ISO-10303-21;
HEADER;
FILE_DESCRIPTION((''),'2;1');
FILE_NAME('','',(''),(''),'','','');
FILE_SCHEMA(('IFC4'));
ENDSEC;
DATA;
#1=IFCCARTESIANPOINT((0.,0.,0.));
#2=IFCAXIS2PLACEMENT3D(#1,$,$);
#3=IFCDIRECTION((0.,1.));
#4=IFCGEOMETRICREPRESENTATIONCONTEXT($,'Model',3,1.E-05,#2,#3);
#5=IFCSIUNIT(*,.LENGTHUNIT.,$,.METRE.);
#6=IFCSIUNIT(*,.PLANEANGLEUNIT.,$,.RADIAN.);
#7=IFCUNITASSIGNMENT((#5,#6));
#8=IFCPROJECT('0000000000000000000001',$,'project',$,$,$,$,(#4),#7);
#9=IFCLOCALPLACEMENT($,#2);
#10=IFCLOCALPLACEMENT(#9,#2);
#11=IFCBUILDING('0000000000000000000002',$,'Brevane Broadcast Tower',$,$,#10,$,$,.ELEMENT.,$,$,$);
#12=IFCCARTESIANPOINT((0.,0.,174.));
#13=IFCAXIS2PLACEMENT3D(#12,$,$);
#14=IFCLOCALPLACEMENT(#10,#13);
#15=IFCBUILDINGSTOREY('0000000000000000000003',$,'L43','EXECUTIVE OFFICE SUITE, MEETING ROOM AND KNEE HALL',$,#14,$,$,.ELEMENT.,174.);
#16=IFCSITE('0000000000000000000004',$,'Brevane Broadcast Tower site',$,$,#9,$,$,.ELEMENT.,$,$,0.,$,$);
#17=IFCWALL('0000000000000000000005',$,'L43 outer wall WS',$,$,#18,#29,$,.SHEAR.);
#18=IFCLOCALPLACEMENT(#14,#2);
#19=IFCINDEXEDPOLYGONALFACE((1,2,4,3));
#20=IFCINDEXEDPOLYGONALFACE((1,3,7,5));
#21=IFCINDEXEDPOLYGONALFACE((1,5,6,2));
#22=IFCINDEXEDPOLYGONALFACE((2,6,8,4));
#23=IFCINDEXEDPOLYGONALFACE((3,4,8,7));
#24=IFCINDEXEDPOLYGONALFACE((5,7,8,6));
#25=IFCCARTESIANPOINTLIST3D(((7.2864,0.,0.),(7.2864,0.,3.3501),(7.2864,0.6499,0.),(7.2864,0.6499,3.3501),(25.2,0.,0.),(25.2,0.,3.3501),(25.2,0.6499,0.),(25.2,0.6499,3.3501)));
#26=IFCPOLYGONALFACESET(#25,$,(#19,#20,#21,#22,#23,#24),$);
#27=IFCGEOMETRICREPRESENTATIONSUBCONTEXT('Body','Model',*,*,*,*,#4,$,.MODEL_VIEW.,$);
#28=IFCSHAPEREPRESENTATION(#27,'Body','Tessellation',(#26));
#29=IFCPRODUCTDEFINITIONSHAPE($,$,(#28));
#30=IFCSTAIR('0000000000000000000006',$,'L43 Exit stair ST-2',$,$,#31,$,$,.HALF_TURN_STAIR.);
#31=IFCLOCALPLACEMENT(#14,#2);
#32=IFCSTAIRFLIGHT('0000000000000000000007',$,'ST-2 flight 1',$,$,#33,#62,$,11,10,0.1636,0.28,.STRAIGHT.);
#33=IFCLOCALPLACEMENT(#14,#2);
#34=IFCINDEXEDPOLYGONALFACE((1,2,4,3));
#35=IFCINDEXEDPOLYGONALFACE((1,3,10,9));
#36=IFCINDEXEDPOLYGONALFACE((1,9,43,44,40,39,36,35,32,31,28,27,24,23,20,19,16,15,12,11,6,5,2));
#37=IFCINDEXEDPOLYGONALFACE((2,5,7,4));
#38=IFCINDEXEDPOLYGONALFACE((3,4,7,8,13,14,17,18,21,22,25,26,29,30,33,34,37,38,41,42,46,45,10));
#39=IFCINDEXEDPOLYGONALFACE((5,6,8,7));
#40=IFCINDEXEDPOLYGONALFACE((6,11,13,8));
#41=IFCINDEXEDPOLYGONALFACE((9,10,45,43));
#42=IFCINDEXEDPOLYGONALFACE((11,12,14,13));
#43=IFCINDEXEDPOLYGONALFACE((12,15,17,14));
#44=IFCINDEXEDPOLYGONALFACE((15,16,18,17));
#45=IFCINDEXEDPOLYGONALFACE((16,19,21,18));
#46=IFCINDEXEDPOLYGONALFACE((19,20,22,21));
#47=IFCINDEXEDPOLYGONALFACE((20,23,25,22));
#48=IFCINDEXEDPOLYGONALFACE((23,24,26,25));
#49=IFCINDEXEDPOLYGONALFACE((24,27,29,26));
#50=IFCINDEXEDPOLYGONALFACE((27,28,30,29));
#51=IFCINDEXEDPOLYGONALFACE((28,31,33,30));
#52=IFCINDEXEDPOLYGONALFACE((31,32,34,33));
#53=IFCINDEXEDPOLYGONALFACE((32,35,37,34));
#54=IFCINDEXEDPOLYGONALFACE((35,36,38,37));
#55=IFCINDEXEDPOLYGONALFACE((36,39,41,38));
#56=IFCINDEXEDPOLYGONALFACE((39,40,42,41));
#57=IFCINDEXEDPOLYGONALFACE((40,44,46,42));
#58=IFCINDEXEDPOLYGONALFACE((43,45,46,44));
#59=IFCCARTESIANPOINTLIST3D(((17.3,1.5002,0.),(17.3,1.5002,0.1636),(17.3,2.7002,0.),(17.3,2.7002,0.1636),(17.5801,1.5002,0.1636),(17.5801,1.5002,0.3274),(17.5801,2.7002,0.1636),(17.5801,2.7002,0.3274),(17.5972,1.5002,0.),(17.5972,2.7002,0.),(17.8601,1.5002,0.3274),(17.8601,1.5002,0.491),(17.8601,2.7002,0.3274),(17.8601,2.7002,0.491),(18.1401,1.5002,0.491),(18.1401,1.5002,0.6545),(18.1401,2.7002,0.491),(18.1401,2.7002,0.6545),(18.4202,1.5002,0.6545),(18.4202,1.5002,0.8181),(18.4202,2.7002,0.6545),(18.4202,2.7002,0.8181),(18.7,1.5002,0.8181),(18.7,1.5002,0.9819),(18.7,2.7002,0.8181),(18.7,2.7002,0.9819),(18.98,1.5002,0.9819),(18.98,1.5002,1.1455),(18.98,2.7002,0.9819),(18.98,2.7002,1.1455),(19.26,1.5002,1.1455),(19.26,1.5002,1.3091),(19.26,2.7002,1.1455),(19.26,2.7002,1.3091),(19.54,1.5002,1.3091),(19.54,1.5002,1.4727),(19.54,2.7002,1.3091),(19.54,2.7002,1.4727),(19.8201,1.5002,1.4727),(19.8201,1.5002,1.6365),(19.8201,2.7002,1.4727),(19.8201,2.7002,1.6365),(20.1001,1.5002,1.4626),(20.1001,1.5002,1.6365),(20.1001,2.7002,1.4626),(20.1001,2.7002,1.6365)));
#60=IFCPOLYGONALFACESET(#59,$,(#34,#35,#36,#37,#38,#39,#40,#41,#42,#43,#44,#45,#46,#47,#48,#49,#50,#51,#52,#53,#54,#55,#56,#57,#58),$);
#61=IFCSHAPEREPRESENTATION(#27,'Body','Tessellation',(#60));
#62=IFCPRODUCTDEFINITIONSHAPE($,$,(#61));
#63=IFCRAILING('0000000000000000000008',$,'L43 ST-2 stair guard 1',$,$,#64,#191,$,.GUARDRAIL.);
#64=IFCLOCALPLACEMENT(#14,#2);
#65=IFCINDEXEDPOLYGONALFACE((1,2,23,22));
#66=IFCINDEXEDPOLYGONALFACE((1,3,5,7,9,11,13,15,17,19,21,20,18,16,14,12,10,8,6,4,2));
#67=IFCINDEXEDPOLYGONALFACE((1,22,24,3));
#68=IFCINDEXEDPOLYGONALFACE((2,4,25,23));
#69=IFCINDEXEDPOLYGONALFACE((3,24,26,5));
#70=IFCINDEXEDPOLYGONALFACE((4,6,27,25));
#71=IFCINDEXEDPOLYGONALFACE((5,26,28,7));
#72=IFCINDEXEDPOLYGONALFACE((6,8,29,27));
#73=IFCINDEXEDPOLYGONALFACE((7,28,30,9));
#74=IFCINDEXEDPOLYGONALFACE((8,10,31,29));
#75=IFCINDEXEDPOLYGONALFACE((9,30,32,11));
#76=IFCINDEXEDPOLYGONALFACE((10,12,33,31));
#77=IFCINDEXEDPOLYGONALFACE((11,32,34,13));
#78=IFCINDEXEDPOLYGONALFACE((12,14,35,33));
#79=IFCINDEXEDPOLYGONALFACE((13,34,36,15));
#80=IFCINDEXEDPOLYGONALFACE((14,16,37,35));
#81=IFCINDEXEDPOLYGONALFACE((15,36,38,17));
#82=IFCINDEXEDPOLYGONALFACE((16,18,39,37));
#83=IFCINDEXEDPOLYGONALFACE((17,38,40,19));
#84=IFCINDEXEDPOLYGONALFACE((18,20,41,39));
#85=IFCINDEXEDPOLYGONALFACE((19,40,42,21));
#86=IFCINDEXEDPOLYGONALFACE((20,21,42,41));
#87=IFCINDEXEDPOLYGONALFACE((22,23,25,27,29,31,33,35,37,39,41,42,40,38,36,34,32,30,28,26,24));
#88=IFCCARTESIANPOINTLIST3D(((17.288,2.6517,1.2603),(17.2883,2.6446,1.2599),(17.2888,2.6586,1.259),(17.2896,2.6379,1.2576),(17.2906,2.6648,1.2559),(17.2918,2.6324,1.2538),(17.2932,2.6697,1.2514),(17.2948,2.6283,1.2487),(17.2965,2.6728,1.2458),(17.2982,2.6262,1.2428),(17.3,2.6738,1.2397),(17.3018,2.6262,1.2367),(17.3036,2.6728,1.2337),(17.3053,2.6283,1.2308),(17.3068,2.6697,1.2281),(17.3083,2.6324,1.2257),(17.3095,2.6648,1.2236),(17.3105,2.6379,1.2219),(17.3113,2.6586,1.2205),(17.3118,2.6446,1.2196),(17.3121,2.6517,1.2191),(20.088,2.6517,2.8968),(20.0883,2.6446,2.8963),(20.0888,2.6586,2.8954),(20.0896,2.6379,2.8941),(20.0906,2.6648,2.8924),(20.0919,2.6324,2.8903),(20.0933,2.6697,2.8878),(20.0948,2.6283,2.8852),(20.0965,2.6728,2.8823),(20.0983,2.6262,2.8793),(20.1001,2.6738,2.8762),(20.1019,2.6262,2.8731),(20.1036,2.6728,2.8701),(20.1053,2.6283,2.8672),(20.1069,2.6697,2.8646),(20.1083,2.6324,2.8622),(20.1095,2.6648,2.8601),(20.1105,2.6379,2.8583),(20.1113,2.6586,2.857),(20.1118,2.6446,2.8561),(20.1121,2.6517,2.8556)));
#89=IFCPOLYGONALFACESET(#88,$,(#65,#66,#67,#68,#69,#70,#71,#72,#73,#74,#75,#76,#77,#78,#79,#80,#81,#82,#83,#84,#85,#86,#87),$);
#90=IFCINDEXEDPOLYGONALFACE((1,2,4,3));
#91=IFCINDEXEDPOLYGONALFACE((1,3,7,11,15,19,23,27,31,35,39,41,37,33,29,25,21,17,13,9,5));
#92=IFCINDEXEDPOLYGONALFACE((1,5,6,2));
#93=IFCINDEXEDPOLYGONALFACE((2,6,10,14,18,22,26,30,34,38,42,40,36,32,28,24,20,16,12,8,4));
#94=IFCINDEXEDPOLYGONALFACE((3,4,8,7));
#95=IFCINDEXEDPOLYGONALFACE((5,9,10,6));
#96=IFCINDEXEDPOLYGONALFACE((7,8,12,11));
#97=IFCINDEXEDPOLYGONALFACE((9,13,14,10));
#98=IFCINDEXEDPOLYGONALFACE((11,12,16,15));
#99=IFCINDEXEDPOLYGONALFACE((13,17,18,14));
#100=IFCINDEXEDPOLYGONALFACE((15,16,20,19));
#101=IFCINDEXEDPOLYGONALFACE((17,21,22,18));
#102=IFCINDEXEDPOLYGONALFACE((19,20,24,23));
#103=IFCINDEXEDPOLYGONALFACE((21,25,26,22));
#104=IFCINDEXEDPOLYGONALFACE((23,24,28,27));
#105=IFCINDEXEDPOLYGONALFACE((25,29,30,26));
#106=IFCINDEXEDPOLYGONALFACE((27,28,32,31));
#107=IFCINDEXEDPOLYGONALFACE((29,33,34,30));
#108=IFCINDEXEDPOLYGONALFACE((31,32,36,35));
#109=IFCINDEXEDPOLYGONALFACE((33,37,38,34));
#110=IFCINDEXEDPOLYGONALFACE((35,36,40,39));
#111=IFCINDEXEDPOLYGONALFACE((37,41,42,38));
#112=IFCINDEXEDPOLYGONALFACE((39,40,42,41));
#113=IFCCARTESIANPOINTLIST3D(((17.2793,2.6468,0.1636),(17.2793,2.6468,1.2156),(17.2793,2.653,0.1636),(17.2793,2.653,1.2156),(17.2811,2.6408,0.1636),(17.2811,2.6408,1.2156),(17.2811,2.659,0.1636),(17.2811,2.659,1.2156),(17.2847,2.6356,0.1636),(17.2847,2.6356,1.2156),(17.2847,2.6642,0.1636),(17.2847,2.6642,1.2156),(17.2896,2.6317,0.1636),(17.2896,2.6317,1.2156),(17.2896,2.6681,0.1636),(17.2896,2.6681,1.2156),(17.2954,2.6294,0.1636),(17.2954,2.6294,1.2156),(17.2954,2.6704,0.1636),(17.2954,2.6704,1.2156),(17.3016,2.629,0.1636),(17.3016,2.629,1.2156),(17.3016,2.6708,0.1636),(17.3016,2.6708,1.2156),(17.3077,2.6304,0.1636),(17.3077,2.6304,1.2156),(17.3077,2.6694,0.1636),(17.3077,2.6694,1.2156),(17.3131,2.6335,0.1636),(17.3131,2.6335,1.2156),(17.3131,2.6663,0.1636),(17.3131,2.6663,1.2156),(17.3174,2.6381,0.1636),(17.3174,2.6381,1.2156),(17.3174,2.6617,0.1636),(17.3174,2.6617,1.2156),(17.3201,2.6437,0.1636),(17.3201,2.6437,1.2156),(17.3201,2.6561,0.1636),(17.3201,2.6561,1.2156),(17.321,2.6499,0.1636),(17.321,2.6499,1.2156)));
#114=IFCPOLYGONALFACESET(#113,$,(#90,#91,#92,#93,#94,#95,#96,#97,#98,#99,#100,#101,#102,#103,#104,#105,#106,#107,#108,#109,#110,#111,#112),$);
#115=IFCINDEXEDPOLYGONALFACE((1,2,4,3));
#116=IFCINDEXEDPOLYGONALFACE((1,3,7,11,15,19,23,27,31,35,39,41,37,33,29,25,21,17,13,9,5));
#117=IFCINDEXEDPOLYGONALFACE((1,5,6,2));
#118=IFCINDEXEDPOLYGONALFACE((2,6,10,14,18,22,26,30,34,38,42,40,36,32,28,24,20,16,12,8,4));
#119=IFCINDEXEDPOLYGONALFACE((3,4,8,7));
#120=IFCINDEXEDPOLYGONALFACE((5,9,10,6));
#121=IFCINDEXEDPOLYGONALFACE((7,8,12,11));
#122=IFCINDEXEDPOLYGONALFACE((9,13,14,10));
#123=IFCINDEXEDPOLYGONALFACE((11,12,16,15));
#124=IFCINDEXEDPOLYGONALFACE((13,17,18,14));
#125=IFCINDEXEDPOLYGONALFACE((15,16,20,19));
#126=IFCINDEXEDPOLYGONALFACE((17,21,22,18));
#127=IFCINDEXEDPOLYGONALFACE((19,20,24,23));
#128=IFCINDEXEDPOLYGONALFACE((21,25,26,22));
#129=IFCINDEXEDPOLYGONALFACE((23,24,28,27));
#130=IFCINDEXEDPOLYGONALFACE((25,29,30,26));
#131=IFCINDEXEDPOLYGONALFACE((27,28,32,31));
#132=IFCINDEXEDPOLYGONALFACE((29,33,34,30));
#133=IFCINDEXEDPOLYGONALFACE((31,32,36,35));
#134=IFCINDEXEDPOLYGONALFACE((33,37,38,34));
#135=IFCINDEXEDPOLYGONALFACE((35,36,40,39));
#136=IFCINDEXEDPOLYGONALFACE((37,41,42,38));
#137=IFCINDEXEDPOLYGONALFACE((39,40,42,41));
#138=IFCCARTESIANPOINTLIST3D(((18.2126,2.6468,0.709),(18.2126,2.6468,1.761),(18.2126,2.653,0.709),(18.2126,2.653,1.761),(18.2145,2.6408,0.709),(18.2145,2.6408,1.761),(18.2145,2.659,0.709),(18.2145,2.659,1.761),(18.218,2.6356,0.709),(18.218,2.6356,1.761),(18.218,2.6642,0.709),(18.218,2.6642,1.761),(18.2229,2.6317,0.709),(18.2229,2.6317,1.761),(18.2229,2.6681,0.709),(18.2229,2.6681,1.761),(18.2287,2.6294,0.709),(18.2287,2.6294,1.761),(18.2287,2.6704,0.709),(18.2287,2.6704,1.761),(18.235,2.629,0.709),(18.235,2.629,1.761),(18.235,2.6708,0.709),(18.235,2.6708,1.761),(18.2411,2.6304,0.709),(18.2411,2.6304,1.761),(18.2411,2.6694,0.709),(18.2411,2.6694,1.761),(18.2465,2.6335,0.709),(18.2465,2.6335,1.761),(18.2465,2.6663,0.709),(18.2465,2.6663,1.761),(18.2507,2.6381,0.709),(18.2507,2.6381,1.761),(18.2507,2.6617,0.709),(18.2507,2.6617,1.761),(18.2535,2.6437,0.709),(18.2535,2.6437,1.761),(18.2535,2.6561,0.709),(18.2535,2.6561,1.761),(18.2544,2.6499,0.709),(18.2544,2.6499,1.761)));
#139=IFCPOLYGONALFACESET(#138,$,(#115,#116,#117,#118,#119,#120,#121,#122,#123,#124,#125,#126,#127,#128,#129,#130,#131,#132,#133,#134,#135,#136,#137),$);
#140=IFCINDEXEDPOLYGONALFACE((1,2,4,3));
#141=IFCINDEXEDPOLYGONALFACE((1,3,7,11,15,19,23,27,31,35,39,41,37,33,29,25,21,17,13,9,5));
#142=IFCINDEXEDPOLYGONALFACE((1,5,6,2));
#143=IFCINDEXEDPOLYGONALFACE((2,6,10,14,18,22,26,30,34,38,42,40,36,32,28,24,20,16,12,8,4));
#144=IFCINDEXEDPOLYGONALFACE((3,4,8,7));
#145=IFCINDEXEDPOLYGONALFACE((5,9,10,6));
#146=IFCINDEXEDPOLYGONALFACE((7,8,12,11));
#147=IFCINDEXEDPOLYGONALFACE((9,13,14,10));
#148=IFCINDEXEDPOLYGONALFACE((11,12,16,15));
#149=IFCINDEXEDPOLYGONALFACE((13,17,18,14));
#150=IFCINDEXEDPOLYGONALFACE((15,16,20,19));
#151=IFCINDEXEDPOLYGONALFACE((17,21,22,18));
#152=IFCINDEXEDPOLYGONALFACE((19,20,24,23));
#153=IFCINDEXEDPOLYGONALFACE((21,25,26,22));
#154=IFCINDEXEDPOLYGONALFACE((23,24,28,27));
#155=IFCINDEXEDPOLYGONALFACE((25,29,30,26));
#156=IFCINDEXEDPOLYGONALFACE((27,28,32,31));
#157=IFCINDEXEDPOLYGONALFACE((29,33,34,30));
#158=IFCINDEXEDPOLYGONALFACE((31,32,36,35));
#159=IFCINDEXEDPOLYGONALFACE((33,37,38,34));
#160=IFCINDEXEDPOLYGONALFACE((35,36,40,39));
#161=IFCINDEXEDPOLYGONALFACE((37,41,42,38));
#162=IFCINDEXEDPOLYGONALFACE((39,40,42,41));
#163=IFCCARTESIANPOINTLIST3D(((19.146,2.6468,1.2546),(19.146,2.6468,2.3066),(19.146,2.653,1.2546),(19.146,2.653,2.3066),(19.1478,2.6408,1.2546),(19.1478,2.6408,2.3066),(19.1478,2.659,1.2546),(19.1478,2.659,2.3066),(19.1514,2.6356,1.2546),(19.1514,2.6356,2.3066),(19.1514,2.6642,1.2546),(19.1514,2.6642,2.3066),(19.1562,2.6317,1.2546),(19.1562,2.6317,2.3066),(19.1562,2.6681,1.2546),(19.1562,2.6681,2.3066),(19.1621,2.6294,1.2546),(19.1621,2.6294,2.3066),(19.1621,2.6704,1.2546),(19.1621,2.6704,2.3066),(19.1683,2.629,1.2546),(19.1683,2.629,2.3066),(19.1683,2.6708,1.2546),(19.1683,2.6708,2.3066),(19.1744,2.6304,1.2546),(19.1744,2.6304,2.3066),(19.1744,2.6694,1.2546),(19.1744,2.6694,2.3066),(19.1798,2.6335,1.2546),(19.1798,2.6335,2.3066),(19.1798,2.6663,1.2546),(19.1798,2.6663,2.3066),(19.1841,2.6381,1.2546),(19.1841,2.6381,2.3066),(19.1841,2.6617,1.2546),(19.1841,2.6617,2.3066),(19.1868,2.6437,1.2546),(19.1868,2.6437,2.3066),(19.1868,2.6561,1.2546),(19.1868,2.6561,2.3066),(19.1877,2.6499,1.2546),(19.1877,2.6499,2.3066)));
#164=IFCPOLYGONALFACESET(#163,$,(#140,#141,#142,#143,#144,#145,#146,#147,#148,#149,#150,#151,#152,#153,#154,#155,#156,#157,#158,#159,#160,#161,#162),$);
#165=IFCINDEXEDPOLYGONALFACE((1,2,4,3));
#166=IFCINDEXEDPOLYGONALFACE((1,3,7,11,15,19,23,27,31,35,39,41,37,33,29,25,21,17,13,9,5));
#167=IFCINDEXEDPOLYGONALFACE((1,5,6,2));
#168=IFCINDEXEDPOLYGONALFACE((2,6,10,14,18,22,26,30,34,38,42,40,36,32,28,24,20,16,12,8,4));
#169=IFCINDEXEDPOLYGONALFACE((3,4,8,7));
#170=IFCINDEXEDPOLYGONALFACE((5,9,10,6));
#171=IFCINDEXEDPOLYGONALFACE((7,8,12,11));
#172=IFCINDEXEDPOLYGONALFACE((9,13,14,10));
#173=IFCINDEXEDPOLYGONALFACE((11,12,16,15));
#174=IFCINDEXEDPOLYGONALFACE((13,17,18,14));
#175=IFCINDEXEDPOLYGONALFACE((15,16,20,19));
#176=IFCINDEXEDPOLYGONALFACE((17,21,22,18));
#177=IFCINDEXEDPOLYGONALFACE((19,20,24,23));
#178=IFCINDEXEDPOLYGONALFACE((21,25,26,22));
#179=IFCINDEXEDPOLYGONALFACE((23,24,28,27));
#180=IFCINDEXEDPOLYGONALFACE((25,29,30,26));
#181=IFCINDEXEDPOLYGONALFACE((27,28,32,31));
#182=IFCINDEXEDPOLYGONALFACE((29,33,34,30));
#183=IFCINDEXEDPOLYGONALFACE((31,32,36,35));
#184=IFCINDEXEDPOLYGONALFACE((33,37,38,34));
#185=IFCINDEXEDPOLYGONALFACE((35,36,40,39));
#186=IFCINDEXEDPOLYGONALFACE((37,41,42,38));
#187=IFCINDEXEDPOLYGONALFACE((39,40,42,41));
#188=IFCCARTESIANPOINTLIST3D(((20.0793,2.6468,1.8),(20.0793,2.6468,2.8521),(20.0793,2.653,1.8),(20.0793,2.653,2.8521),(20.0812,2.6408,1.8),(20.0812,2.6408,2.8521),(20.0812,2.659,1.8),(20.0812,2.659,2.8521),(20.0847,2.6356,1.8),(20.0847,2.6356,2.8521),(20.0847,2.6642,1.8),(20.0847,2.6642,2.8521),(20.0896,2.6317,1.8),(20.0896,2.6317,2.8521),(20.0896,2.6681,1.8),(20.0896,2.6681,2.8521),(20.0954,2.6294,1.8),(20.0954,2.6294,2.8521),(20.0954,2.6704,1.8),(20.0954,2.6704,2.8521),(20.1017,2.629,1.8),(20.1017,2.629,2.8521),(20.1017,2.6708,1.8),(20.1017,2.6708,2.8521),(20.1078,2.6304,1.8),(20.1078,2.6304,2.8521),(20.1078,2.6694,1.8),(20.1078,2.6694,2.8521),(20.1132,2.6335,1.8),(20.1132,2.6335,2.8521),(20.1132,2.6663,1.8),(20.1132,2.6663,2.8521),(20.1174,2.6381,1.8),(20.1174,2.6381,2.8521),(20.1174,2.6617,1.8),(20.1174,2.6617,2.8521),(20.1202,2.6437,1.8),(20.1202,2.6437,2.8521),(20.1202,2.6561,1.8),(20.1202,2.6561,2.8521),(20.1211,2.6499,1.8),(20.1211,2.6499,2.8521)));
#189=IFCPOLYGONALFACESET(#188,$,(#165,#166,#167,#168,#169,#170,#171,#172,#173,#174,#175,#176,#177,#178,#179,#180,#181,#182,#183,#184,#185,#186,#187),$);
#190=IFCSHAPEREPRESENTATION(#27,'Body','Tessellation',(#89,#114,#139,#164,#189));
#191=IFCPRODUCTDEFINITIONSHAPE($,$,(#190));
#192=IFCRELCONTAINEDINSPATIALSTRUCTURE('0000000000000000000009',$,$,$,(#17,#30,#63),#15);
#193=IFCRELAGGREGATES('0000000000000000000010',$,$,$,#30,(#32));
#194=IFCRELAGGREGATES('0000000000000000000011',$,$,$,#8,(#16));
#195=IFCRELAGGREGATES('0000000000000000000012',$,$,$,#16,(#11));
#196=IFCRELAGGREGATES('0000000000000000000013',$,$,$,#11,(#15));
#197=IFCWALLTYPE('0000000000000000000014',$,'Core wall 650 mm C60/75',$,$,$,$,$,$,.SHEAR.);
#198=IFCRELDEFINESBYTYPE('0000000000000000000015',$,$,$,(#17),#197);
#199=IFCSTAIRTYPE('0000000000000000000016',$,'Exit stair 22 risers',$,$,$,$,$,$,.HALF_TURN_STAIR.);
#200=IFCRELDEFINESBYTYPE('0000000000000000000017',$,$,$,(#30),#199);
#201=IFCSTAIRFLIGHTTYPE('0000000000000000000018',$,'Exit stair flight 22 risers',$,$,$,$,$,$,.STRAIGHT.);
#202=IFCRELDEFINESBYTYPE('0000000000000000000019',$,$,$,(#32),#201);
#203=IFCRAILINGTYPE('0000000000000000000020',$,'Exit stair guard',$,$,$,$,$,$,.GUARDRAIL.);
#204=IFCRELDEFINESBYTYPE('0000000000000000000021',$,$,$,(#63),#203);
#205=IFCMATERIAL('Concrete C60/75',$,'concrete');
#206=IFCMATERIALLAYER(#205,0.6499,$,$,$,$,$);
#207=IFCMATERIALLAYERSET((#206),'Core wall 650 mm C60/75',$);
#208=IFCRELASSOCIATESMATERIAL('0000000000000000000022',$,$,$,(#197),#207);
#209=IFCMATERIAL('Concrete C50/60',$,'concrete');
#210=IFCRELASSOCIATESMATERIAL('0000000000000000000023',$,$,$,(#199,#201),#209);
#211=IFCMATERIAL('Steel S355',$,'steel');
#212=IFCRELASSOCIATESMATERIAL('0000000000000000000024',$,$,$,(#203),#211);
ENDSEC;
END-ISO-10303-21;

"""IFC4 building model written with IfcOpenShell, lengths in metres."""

from ifc_helpers import new_model, si_unit, direction, frame, frame_2d, origin, origin_2d, place, context, subcontext, project, spatial, polyline, rectangle, circle, outline, extrude, material, layer, layer_set, type_object, element, aggregate, save


model = new_model("IFC4")

# Units and contexts
model_context = context("Model", 3, precision=1e-05, world=origin(), true_north=direction((0.0, 1.0)))
body_context = subcontext(model_context, "Body", "Model", "MODEL_VIEW")
ifc_project = project(units=[si_unit("LENGTHUNIT", "METRE"), si_unit("PLANEANGLEUNIT", "RADIAN")], contexts=[model_context])

# Site, building, storey
site_placement = place(None, origin())
site = spatial("IfcSite", under=ifc_project, at=site_placement, Name="Brevane Broadcast Tower site", CompositionType="ELEMENT", RefElevation=0.0)
building_placement = place(site_placement, origin())
building = spatial("IfcBuilding", under=site, at=building_placement, Name="Brevane Broadcast Tower", CompositionType="ELEMENT")
storey_placement = place(building_placement, frame((0.0, 0.0, 174.0)))
storey = spatial("IfcBuildingStorey", under=building, at=storey_placement, Name="L43", Description="EXECUTIVE OFFICE SUITE, MEETING ROOM AND KNEE HALL", CompositionType="ELEMENT", Elevation=174.0)

# Shared definitions
ifc_material_1 = material(Name="Concrete C60/75", Category="concrete")

# Wall
ifc_layer_1 = layer(ifc_material_1, 0.6499)
ifc_layer_set_1 = layer_set([ifc_layer_1], Name="Core wall 650 mm C60/75")
wall_type_1 = type_object("IfcWallType", Name="Core wall 650 mm C60/75", PredefinedType="SHEAR", material=ifc_layer_set_1)
wall_1_placement = place(storey_placement, frame((7.2864, 0.325, 0.0), z_axis=(0.0, 0.0, 1.0), x_axis=(1.0, 0.0, 0.0)))
element("IfcWall", 1, at=wall_1_placement, inside=storey, type_object=wall_type_1, Name="L43 outer wall WS", PredefinedType="SHEAR", context=body_context, shape_type="SweptSolid", body=[
    extrude(rectangle(XDim=17.9136, YDim=0.6499, at=frame_2d((8.9568, 0.0))), origin(), (0.0, 0.0, 1.0), 3.3501),
])

# Stair, stair flight
ifc_material_2 = material(Name="Concrete C50/60", Category="concrete")
stair_type = type_object("IfcStairType", Name="Exit stair 22 risers", PredefinedType="HALF_TURN_STAIR", material=ifc_material_2)
stair_placement = place(storey_placement, origin())
stair = element("IfcStair", 2, at=stair_placement, inside=storey, type_object=stair_type, Name="L43 Exit stair ST-2", PredefinedType="HALF_TURN_STAIR")
stair_flight_type = type_object("IfcStairFlightType", Name="Exit stair flight 22 risers", PredefinedType="STRAIGHT", material=ifc_material_2)
stair_flight_placement = place(storey_placement, frame((17.3, 2.1001, 0.0), z_axis=(0.0, 0.0, 1.0), x_axis=(1.0, 0.0, 0.0)))
stair_flight = element("IfcStairFlight", 3, at=stair_flight_placement, type_object=stair_flight_type, Name="ST-2 flight 1", NumberOfRisers=11, NumberOfTreads=10, PredefinedType="STRAIGHT", RiserHeight=0.1636, TreadLength=0.28, context=body_context, shape_type="SweptSolid", body=[
    extrude(outline(polyline([(0.0, 0.0), (0.0, 0.1636), (0.28, 0.1636), (0.28, 0.3274), (0.5601, 0.3274), (0.5601, 0.491), (0.8401, 0.491), (0.8401, 0.6545), (1.1201, 0.6545), (1.1201, 0.8181), (1.3999, 0.8181), (1.3999, 0.9819), (1.6799, 0.9819), (1.6799, 1.1455), (1.96, 1.1455), (1.96, 1.3091), (2.24, 1.3091), (2.24, 1.4727), (2.52, 1.4727), (2.52, 1.6365), (2.8, 1.6365), (2.8, 1.8), (2.8, 1.4626), (0.2971, 0.0), (0.0, 0.0)])), frame((0.0, 0.6001, 0.0), z_axis=(0.0, -1.0, 0.0), x_axis=(1.0, 0.0, 0.0)), (0.0, 0.0, 1.0), 1.2),
])
aggregate(stair, [stair_flight])

# Railing
ifc_material_3 = material(Name="Steel S355", Category="steel")
railing_type_1 = type_object("IfcRailingType", Name="Exit stair guard", PredefinedType="GUARDRAIL", material=ifc_material_3)
railing_1_placement = place(storey_placement, frame((17.3, 2.6499, 0.1636)))
element("IfcRailing", 4, at=railing_1_placement, inside=storey, type_object=railing_type_1, Name="L43 ST-2 stair guard 1", PredefinedType="GUARDRAIL", context=body_context, shape_type="SweptSolid", body=[
    extrude(circle(Radius=0.0239, at=origin_2d()), frame((0.0, 0.0, 1.0762), z_axis=(0.863361, 0.0, 0.504587), x_axis=(0.0, 1.0, 0.0)), (0.0, 0.0, 1.0), 3.2432),
    extrude(circle(Radius=0.021, at=origin_2d()), origin(), (0.0, 0.0, 1.0), 1.052),
    extrude(circle(Radius=0.021, at=origin_2d()), frame((0.9333, 0.0, 0.5454)), (0.0, 0.0, 1.0), 1.052),
    extrude(circle(Radius=0.021, at=origin_2d()), frame((1.8667, 0.0, 1.0911)), (0.0, 0.0, 1.0), 1.052),
    extrude(circle(Radius=0.021, at=origin_2d()), frame((2.8, 0.0, 1.6365)), (0.0, 0.0, 1.0), 1.052),
])

save(model, "model.ifc")
